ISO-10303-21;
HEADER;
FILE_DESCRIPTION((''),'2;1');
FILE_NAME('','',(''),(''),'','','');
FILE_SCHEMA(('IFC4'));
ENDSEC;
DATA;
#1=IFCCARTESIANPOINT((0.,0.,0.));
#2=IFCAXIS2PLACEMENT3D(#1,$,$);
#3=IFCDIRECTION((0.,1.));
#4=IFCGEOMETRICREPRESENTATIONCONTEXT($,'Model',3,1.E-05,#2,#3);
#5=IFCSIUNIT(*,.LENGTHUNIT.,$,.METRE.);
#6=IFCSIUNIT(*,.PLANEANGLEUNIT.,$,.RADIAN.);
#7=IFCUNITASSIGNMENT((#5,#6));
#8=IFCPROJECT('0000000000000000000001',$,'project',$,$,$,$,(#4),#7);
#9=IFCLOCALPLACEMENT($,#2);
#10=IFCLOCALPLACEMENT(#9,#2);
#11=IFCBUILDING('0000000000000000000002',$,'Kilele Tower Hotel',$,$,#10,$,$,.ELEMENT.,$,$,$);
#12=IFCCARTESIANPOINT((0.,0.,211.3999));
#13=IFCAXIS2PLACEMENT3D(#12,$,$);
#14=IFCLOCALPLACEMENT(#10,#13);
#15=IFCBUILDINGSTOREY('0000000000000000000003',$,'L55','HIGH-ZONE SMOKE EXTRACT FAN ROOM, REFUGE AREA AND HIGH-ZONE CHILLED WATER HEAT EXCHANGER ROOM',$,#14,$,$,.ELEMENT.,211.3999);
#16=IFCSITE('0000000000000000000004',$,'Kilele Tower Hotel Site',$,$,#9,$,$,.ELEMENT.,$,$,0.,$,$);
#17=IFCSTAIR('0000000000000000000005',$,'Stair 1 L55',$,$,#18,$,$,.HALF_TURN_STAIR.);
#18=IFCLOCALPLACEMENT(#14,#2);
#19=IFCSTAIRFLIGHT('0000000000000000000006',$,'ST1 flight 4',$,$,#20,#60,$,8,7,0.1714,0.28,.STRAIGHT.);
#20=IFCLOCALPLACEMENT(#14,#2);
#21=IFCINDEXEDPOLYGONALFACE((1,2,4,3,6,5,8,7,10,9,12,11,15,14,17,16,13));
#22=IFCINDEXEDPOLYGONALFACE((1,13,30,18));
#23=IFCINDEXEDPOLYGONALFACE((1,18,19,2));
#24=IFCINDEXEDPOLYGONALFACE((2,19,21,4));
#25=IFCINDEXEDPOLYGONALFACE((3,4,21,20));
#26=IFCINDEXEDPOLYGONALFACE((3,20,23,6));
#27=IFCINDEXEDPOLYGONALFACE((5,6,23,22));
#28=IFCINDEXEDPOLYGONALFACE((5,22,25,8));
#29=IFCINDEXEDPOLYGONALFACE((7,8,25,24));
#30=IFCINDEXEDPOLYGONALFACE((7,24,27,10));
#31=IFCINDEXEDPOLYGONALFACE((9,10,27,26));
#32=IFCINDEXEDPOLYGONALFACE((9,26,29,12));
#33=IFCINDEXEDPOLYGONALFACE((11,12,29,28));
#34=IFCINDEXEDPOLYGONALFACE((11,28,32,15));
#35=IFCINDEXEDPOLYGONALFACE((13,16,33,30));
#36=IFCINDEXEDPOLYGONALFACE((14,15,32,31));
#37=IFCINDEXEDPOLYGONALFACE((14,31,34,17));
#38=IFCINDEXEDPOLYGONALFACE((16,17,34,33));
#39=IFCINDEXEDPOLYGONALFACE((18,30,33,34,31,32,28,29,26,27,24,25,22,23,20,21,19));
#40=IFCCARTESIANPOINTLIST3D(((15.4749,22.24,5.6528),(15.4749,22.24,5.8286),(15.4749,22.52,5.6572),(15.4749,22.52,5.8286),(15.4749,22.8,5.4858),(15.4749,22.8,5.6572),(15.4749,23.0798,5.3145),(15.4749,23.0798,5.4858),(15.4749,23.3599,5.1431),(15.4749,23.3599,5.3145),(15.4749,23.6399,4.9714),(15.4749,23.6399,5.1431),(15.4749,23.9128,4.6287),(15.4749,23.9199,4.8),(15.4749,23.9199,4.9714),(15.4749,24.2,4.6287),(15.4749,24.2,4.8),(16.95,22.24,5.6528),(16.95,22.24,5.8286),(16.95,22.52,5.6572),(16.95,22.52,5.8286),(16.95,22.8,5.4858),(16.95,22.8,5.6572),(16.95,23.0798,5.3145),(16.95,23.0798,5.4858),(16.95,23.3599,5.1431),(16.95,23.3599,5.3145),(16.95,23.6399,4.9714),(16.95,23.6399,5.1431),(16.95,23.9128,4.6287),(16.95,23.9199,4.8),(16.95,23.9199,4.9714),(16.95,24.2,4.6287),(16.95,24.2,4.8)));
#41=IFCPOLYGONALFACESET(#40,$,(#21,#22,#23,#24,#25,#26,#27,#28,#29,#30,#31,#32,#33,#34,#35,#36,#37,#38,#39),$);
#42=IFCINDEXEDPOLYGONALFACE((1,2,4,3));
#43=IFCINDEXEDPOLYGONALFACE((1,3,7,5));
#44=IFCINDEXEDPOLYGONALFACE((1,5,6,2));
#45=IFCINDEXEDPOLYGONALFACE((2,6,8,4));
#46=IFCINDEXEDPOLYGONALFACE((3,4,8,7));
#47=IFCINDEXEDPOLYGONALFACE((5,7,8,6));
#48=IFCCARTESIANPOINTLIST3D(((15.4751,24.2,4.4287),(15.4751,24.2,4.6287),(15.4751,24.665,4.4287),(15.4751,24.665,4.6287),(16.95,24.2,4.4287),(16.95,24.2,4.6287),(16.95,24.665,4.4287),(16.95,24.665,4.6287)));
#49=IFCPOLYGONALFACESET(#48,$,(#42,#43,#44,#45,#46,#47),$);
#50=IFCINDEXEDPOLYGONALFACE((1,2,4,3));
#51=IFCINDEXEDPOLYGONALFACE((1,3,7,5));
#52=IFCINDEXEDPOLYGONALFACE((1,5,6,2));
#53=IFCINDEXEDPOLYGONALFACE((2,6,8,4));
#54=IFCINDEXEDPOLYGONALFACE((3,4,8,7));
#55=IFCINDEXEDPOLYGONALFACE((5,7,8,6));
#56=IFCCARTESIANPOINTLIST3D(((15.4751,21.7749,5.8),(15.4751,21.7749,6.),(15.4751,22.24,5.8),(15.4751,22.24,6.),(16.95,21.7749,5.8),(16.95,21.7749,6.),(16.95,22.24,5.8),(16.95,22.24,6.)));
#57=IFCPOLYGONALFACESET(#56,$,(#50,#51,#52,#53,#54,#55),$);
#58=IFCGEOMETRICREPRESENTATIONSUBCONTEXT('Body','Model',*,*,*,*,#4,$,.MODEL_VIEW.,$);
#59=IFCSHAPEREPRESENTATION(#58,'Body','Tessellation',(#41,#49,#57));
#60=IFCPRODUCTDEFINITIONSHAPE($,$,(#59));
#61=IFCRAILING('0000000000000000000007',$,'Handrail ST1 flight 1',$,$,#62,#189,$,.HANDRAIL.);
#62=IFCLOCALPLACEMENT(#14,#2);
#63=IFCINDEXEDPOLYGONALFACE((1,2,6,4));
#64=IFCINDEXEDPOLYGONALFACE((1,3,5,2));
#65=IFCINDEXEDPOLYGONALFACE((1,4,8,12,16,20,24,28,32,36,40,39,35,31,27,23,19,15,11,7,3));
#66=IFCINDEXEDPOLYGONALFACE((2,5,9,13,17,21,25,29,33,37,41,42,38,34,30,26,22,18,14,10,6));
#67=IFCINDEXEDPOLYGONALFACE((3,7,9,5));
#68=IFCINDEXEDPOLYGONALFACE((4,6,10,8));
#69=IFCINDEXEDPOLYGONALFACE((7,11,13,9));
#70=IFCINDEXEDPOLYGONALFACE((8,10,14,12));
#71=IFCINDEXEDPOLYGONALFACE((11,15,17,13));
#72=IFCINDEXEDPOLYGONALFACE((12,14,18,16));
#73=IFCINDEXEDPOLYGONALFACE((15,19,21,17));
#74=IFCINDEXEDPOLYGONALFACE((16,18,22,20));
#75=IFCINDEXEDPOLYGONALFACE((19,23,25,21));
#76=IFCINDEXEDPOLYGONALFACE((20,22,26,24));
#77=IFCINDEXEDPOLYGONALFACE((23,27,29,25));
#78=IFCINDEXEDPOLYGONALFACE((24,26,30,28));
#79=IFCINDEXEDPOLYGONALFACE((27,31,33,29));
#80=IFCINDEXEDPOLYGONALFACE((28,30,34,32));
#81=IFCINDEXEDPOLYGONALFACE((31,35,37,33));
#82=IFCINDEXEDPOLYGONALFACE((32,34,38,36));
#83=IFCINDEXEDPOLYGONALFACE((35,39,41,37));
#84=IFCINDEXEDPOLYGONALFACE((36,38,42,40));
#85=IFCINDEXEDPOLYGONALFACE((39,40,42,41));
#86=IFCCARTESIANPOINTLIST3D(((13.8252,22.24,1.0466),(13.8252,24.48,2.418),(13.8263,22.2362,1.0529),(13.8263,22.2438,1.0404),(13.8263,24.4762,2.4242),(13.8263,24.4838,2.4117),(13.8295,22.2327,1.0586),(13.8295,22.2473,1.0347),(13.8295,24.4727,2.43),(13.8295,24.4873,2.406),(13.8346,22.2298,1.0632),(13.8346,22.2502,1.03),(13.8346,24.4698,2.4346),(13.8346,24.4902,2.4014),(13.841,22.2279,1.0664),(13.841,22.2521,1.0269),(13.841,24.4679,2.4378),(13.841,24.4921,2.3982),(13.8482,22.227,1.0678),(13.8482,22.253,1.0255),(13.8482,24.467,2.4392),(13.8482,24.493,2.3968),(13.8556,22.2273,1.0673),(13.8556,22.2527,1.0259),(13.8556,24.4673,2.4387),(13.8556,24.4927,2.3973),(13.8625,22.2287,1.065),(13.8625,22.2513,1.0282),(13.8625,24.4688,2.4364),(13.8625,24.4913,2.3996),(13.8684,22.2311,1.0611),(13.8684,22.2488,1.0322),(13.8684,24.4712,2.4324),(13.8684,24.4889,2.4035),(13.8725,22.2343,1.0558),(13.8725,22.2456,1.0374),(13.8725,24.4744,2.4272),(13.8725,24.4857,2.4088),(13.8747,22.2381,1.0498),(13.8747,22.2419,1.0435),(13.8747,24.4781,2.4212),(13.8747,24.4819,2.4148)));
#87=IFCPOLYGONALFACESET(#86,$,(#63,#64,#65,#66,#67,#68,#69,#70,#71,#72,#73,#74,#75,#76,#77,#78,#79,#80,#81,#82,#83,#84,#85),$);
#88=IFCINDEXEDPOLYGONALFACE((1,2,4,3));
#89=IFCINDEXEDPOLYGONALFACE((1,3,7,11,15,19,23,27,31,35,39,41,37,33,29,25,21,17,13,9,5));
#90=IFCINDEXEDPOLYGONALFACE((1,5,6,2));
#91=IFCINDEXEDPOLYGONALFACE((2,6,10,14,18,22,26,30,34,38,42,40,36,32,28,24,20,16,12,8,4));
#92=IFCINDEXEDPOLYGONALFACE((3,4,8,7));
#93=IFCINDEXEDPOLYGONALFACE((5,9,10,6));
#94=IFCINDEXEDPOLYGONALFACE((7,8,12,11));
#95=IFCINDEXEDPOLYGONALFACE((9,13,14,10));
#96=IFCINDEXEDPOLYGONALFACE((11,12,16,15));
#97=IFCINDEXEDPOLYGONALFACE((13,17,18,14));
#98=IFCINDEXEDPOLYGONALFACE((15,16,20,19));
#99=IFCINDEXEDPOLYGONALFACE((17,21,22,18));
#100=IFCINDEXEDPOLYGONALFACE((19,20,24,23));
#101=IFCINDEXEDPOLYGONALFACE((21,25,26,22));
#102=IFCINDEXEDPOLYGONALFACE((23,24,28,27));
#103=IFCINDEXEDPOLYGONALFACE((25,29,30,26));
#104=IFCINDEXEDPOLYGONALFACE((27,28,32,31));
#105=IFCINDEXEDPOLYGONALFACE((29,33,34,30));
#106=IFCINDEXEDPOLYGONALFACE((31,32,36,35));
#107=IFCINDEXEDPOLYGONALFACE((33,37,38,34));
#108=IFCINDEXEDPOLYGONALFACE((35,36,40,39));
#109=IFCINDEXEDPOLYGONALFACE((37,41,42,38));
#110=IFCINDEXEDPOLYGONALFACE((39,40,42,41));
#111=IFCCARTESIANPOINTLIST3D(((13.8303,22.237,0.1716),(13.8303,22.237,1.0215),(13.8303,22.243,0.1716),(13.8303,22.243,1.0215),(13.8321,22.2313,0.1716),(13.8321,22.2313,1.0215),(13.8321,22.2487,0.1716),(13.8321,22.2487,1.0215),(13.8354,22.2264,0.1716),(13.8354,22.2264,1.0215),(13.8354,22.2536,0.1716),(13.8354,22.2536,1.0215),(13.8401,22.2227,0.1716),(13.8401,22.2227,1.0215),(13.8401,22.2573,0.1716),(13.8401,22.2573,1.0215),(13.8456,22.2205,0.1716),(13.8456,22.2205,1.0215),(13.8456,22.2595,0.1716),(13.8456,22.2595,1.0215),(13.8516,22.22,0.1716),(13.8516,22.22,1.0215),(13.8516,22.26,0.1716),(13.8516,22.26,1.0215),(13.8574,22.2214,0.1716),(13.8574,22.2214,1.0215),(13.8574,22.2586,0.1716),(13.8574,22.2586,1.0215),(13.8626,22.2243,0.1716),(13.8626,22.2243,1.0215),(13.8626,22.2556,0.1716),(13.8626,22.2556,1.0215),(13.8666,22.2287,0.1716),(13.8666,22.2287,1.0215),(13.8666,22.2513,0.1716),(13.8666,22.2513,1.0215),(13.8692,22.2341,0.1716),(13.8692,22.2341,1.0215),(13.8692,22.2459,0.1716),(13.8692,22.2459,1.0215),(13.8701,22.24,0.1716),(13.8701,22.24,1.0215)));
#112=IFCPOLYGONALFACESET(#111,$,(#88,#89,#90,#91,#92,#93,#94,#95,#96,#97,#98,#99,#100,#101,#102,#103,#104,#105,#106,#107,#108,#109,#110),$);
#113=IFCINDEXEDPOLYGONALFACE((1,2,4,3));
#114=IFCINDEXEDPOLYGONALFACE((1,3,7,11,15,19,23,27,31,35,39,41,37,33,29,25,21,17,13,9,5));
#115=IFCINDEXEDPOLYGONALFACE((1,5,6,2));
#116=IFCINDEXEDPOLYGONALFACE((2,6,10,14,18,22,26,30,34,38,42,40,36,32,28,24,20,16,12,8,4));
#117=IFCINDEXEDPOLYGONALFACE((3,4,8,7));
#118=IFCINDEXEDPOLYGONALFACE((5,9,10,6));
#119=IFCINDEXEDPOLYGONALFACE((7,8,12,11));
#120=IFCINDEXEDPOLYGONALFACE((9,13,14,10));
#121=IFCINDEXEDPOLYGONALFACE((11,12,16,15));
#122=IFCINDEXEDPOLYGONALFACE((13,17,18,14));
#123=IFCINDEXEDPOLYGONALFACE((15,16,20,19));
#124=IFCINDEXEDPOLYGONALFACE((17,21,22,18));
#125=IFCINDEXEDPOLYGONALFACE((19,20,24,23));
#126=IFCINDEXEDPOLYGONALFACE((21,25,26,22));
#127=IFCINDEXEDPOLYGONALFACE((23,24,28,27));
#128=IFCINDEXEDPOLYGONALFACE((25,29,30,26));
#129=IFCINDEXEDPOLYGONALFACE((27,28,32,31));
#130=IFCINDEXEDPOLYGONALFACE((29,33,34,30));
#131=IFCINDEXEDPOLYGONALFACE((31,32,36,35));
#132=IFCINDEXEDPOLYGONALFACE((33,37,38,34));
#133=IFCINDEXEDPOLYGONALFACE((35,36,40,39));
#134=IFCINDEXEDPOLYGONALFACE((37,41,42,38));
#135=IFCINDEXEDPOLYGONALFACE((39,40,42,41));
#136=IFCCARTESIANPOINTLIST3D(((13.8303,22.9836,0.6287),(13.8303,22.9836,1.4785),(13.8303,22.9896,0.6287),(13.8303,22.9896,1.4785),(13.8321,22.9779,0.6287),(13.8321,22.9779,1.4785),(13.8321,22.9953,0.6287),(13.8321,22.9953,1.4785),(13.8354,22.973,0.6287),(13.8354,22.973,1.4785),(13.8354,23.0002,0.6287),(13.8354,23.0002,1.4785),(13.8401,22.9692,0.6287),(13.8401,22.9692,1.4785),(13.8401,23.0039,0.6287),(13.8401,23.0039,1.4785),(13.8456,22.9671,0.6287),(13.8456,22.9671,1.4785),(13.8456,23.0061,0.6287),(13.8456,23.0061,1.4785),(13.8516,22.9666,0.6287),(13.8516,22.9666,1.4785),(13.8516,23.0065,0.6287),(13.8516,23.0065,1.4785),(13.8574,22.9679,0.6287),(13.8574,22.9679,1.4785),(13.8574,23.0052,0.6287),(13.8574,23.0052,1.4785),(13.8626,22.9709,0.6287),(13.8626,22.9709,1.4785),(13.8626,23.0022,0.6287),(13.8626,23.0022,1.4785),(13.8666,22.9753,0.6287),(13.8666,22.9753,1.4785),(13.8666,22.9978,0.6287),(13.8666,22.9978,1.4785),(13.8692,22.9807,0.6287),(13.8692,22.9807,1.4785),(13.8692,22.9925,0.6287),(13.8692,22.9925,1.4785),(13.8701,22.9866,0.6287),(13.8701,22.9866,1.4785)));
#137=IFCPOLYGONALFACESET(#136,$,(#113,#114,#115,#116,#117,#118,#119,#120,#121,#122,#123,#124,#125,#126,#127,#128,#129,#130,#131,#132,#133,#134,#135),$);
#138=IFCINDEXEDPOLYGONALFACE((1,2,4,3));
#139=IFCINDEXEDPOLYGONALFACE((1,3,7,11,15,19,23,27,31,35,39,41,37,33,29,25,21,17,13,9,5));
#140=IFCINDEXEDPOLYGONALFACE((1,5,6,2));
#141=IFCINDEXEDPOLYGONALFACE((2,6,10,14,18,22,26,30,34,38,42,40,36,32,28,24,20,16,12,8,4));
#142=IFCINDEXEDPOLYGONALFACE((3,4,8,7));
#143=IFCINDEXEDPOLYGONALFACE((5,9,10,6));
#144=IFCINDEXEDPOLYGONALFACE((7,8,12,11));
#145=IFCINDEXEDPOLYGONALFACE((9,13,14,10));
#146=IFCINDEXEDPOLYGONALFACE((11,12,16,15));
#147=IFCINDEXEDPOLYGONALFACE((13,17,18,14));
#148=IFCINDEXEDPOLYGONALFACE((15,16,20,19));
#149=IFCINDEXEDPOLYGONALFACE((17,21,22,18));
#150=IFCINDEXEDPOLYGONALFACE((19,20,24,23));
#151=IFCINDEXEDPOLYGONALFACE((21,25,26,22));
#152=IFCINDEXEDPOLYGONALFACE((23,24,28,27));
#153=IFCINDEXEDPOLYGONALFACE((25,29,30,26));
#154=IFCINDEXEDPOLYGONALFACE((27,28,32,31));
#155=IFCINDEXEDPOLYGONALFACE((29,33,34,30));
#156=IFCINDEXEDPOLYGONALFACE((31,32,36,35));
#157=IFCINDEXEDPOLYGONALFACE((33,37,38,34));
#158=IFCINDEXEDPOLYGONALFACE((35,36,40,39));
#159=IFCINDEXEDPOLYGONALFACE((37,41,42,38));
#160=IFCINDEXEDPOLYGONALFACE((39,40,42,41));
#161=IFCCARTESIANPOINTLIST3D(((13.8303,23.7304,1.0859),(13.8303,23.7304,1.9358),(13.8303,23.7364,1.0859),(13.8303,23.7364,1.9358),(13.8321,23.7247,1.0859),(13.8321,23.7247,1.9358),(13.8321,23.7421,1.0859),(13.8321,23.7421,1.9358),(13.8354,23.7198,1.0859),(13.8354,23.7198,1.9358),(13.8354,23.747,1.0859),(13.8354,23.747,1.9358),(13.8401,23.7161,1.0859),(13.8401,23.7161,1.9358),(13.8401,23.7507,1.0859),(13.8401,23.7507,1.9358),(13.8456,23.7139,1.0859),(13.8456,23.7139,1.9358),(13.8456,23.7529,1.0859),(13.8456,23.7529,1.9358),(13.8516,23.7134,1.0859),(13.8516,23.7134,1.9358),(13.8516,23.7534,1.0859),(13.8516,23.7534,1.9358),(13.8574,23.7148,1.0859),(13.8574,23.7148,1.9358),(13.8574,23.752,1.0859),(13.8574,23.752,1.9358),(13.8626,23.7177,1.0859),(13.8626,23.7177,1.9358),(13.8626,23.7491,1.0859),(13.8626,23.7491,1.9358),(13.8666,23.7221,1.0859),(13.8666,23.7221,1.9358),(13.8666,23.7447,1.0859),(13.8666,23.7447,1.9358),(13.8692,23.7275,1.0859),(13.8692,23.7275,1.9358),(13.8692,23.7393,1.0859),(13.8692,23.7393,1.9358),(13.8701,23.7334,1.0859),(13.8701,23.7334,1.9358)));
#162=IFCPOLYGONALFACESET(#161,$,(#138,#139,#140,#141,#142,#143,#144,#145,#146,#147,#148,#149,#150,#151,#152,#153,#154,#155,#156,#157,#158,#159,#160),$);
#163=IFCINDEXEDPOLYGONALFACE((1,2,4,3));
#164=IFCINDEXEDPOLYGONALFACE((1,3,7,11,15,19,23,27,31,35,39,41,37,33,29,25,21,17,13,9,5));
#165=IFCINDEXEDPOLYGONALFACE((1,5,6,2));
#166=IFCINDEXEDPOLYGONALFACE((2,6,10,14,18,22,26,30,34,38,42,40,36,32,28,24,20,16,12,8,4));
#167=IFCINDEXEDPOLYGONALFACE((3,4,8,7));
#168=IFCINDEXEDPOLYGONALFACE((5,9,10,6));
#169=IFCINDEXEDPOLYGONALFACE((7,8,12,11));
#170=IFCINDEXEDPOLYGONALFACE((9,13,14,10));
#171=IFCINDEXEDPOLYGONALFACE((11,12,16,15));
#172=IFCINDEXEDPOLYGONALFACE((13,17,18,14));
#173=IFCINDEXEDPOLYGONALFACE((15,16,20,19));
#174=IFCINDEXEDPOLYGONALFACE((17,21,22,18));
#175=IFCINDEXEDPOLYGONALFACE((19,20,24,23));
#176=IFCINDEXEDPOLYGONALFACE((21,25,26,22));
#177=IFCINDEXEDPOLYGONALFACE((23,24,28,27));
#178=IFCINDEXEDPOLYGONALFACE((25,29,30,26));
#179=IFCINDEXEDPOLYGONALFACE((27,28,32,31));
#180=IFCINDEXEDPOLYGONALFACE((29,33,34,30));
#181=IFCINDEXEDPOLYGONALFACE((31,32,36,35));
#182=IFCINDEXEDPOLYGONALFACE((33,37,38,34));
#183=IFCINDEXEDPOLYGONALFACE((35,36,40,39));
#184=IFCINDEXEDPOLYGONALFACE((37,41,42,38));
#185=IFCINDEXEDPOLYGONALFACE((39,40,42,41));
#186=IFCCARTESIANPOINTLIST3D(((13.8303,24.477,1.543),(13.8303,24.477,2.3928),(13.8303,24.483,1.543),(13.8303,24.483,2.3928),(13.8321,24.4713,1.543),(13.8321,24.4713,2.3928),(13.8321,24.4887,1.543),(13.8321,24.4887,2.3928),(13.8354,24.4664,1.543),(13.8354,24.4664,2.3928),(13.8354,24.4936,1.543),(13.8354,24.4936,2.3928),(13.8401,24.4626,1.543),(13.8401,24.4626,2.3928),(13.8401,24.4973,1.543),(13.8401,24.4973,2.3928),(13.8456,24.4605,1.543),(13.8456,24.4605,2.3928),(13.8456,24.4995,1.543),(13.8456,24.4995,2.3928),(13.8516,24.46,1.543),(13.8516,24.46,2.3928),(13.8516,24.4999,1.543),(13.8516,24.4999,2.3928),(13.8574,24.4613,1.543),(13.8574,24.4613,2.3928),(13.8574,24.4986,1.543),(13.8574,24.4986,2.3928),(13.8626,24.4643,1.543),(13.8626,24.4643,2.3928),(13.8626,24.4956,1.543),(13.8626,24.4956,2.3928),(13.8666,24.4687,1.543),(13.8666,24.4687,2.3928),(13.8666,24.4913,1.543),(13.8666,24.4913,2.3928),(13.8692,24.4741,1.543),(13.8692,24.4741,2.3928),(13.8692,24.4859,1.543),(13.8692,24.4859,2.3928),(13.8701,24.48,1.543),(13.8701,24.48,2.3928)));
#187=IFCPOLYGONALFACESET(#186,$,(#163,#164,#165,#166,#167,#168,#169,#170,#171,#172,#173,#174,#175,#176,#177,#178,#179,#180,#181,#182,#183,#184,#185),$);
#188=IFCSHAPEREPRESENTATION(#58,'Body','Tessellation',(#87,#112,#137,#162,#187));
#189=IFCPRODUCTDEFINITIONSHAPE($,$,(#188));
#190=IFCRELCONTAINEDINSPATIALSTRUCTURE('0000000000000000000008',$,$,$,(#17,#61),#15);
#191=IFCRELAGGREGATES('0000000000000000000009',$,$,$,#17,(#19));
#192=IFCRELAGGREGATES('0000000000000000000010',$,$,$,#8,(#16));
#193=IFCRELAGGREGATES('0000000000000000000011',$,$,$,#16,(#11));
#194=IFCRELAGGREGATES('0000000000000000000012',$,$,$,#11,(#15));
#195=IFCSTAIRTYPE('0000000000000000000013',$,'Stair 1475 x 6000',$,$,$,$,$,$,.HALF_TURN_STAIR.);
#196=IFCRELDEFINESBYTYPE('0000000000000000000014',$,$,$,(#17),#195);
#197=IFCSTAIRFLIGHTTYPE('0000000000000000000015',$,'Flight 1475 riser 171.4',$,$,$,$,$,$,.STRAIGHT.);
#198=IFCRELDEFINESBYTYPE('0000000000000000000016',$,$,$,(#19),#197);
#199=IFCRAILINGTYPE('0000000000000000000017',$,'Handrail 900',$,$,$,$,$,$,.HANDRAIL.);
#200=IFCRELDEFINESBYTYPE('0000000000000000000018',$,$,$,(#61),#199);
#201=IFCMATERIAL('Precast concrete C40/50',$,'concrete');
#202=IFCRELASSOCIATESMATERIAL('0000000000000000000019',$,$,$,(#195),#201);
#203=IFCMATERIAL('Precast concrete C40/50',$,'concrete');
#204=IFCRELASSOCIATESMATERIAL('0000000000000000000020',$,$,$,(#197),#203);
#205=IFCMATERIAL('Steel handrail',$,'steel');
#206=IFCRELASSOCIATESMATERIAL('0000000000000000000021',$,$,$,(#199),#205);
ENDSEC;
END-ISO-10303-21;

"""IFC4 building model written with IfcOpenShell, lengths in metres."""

from ifc_helpers import new_model, si_unit, direction, frame, origin, origin_2d, place, context, subcontext, project, spatial, polyline, circle, outline, extrude, material, type_object, element, aggregate, save


model = new_model("IFC4")

# Units and contexts
model_context = context("Model", 3, precision=1e-05, world=origin(), true_north=direction((0.0, 1.0)))
body_context = subcontext(model_context, "Body", "Model", "MODEL_VIEW")
ifc_project = project(units=[si_unit("LENGTHUNIT", "METRE"), si_unit("PLANEANGLEUNIT", "RADIAN")], contexts=[model_context])

# Site, building, storey
site_placement = place(None, origin())
site = spatial("IfcSite", under=ifc_project, at=site_placement, Name="Kilele Tower Hotel Site", CompositionType="ELEMENT", RefElevation=0.0)
building_placement = place(site_placement, origin())
building = spatial("IfcBuilding", under=site, at=building_placement, Name="Kilele Tower Hotel", CompositionType="ELEMENT")
storey_placement = place(building_placement, frame((0.0, 0.0, 211.3999)))
storey = spatial("IfcBuildingStorey", under=building, at=storey_placement, Name="L55", Description="HIGH-ZONE SMOKE EXTRACT FAN ROOM, REFUGE AREA AND HIGH-ZONE CHILLED WATER HEAT EXCHANGER ROOM", CompositionType="ELEMENT", Elevation=211.3999)

# Stair, stair flight
ifc_material_1 = material(Name="Precast concrete C40/50", Category="concrete")
stair_type = type_object("IfcStairType", Name="Stair 1475 x 6000", PredefinedType="HALF_TURN_STAIR", material=ifc_material_1)
stair_placement = place(storey_placement, origin())
stair = element("IfcStair", 1, at=stair_placement, inside=storey, type_object=stair_type, Name="Stair 1 L55", PredefinedType="HALF_TURN_STAIR")
ifc_material_2 = material(Name="Precast concrete C40/50", Category="concrete")
stair_flight_type = type_object("IfcStairFlightType", Name="Flight 1475 riser 171.4", PredefinedType="STRAIGHT", material=ifc_material_2)
stair_flight_1_placement = place(storey_placement, frame((16.2124, 24.2, 4.6287), z_axis=(0.0, 0.0, 1.0), x_axis=(0.0, -1.0, 0.0)))
stair_flight_1 = element("IfcStairFlight", 2, at=stair_flight_1_placement, type_object=stair_flight_type, Name="ST1 flight 4", NumberOfRisers=8, NumberOfTreads=7, PredefinedType="STRAIGHT", RiserHeight=0.1714, TreadLength=0.28, context=body_context, shape_type="SweptSolid", body=[
    extrude(outline(polyline([(0.0, 0.0), (0.0, 0.1714), (0.28, 0.1714), (0.28, 0.3428), (0.5601, 0.3428), (0.5601, 0.5144), (0.8401, 0.5144), (0.8401, 0.6858), (1.1201, 0.6858), (1.1201, 0.8572), (1.3999, 0.8572), (1.3999, 1.0286), (1.6799, 1.0286), (1.6799, 1.2), (1.96, 1.2), (1.96, 1.3713), (1.96, 1.0242), (0.2871, 0.0), (0.0, 0.0)])), frame((0.0, 0.7375, 0.0), z_axis=(0.0, -1.0, 0.0), x_axis=(1.0, 0.0, 0.0)), (0.0, 0.0, 1.0), 1.4751),
    extrude(outline(polyline([(0.0, -0.7373), (0.0, 0.7375), (-0.4651, 0.7375), (-0.4651, -0.7373), (0.0, -0.7373)])), frame((0.0, 0.0, -0.2)), (0.0, 0.0, 1.0), 0.2),
    extrude(outline(polyline([(2.425, -0.7373), (2.425, 0.7375), (1.96, 0.7375), (1.96, -0.7373), (2.425, -0.7373)])), frame((0.0, 0.0, 1.1714)), (0.0, 0.0, 1.0), 0.2),
])
aggregate(stair, [stair_flight_1])

# Railing
ifc_material_3 = material(Name="Steel handrail", Category="steel")
railing_type_1 = type_object("IfcRailingType", Name="Handrail 900", PredefinedType="HANDRAIL", material=ifc_material_3)
for number, where, name in (
    (3, (13.8501, 22.24, 0.1716), "Handrail ST1 flight 1"),
):
    element("IfcRailing", number, at=place(storey_placement, frame(where)), inside=storey, type_object=railing_type_1, Name=name, PredefinedType="HANDRAIL", context=body_context, shape_type="SweptSolid", body=[
        extrude(circle(Radius=0.0249, at=origin_2d()), frame((0.0, 0.0, 0.875), z_axis=(0.0, 0.852866, 0.52213), x_axis=(-1.0, 0.0, 0.0)), (0.0, 0.0, 1.0), 2.6265),
        extrude(circle(Radius=0.02, at=origin_2d()), origin(), (0.0, 0.0, 1.0), 0.8499),
        extrude(circle(Radius=0.02, at=origin_2d()), frame((0.0, 0.7466, 0.457)), (0.0, 0.0, 1.0), 0.8499),
        extrude(circle(Radius=0.02, at=origin_2d()), frame((0.0, 1.4934, 0.9143)), (0.0, 0.0, 1.0), 0.8499),
        extrude(circle(Radius=0.02, at=origin_2d()), frame((0.0, 2.24, 1.3713)), (0.0, 0.0, 1.0), 0.8499),
    ])

save(model, "model.ifc")
